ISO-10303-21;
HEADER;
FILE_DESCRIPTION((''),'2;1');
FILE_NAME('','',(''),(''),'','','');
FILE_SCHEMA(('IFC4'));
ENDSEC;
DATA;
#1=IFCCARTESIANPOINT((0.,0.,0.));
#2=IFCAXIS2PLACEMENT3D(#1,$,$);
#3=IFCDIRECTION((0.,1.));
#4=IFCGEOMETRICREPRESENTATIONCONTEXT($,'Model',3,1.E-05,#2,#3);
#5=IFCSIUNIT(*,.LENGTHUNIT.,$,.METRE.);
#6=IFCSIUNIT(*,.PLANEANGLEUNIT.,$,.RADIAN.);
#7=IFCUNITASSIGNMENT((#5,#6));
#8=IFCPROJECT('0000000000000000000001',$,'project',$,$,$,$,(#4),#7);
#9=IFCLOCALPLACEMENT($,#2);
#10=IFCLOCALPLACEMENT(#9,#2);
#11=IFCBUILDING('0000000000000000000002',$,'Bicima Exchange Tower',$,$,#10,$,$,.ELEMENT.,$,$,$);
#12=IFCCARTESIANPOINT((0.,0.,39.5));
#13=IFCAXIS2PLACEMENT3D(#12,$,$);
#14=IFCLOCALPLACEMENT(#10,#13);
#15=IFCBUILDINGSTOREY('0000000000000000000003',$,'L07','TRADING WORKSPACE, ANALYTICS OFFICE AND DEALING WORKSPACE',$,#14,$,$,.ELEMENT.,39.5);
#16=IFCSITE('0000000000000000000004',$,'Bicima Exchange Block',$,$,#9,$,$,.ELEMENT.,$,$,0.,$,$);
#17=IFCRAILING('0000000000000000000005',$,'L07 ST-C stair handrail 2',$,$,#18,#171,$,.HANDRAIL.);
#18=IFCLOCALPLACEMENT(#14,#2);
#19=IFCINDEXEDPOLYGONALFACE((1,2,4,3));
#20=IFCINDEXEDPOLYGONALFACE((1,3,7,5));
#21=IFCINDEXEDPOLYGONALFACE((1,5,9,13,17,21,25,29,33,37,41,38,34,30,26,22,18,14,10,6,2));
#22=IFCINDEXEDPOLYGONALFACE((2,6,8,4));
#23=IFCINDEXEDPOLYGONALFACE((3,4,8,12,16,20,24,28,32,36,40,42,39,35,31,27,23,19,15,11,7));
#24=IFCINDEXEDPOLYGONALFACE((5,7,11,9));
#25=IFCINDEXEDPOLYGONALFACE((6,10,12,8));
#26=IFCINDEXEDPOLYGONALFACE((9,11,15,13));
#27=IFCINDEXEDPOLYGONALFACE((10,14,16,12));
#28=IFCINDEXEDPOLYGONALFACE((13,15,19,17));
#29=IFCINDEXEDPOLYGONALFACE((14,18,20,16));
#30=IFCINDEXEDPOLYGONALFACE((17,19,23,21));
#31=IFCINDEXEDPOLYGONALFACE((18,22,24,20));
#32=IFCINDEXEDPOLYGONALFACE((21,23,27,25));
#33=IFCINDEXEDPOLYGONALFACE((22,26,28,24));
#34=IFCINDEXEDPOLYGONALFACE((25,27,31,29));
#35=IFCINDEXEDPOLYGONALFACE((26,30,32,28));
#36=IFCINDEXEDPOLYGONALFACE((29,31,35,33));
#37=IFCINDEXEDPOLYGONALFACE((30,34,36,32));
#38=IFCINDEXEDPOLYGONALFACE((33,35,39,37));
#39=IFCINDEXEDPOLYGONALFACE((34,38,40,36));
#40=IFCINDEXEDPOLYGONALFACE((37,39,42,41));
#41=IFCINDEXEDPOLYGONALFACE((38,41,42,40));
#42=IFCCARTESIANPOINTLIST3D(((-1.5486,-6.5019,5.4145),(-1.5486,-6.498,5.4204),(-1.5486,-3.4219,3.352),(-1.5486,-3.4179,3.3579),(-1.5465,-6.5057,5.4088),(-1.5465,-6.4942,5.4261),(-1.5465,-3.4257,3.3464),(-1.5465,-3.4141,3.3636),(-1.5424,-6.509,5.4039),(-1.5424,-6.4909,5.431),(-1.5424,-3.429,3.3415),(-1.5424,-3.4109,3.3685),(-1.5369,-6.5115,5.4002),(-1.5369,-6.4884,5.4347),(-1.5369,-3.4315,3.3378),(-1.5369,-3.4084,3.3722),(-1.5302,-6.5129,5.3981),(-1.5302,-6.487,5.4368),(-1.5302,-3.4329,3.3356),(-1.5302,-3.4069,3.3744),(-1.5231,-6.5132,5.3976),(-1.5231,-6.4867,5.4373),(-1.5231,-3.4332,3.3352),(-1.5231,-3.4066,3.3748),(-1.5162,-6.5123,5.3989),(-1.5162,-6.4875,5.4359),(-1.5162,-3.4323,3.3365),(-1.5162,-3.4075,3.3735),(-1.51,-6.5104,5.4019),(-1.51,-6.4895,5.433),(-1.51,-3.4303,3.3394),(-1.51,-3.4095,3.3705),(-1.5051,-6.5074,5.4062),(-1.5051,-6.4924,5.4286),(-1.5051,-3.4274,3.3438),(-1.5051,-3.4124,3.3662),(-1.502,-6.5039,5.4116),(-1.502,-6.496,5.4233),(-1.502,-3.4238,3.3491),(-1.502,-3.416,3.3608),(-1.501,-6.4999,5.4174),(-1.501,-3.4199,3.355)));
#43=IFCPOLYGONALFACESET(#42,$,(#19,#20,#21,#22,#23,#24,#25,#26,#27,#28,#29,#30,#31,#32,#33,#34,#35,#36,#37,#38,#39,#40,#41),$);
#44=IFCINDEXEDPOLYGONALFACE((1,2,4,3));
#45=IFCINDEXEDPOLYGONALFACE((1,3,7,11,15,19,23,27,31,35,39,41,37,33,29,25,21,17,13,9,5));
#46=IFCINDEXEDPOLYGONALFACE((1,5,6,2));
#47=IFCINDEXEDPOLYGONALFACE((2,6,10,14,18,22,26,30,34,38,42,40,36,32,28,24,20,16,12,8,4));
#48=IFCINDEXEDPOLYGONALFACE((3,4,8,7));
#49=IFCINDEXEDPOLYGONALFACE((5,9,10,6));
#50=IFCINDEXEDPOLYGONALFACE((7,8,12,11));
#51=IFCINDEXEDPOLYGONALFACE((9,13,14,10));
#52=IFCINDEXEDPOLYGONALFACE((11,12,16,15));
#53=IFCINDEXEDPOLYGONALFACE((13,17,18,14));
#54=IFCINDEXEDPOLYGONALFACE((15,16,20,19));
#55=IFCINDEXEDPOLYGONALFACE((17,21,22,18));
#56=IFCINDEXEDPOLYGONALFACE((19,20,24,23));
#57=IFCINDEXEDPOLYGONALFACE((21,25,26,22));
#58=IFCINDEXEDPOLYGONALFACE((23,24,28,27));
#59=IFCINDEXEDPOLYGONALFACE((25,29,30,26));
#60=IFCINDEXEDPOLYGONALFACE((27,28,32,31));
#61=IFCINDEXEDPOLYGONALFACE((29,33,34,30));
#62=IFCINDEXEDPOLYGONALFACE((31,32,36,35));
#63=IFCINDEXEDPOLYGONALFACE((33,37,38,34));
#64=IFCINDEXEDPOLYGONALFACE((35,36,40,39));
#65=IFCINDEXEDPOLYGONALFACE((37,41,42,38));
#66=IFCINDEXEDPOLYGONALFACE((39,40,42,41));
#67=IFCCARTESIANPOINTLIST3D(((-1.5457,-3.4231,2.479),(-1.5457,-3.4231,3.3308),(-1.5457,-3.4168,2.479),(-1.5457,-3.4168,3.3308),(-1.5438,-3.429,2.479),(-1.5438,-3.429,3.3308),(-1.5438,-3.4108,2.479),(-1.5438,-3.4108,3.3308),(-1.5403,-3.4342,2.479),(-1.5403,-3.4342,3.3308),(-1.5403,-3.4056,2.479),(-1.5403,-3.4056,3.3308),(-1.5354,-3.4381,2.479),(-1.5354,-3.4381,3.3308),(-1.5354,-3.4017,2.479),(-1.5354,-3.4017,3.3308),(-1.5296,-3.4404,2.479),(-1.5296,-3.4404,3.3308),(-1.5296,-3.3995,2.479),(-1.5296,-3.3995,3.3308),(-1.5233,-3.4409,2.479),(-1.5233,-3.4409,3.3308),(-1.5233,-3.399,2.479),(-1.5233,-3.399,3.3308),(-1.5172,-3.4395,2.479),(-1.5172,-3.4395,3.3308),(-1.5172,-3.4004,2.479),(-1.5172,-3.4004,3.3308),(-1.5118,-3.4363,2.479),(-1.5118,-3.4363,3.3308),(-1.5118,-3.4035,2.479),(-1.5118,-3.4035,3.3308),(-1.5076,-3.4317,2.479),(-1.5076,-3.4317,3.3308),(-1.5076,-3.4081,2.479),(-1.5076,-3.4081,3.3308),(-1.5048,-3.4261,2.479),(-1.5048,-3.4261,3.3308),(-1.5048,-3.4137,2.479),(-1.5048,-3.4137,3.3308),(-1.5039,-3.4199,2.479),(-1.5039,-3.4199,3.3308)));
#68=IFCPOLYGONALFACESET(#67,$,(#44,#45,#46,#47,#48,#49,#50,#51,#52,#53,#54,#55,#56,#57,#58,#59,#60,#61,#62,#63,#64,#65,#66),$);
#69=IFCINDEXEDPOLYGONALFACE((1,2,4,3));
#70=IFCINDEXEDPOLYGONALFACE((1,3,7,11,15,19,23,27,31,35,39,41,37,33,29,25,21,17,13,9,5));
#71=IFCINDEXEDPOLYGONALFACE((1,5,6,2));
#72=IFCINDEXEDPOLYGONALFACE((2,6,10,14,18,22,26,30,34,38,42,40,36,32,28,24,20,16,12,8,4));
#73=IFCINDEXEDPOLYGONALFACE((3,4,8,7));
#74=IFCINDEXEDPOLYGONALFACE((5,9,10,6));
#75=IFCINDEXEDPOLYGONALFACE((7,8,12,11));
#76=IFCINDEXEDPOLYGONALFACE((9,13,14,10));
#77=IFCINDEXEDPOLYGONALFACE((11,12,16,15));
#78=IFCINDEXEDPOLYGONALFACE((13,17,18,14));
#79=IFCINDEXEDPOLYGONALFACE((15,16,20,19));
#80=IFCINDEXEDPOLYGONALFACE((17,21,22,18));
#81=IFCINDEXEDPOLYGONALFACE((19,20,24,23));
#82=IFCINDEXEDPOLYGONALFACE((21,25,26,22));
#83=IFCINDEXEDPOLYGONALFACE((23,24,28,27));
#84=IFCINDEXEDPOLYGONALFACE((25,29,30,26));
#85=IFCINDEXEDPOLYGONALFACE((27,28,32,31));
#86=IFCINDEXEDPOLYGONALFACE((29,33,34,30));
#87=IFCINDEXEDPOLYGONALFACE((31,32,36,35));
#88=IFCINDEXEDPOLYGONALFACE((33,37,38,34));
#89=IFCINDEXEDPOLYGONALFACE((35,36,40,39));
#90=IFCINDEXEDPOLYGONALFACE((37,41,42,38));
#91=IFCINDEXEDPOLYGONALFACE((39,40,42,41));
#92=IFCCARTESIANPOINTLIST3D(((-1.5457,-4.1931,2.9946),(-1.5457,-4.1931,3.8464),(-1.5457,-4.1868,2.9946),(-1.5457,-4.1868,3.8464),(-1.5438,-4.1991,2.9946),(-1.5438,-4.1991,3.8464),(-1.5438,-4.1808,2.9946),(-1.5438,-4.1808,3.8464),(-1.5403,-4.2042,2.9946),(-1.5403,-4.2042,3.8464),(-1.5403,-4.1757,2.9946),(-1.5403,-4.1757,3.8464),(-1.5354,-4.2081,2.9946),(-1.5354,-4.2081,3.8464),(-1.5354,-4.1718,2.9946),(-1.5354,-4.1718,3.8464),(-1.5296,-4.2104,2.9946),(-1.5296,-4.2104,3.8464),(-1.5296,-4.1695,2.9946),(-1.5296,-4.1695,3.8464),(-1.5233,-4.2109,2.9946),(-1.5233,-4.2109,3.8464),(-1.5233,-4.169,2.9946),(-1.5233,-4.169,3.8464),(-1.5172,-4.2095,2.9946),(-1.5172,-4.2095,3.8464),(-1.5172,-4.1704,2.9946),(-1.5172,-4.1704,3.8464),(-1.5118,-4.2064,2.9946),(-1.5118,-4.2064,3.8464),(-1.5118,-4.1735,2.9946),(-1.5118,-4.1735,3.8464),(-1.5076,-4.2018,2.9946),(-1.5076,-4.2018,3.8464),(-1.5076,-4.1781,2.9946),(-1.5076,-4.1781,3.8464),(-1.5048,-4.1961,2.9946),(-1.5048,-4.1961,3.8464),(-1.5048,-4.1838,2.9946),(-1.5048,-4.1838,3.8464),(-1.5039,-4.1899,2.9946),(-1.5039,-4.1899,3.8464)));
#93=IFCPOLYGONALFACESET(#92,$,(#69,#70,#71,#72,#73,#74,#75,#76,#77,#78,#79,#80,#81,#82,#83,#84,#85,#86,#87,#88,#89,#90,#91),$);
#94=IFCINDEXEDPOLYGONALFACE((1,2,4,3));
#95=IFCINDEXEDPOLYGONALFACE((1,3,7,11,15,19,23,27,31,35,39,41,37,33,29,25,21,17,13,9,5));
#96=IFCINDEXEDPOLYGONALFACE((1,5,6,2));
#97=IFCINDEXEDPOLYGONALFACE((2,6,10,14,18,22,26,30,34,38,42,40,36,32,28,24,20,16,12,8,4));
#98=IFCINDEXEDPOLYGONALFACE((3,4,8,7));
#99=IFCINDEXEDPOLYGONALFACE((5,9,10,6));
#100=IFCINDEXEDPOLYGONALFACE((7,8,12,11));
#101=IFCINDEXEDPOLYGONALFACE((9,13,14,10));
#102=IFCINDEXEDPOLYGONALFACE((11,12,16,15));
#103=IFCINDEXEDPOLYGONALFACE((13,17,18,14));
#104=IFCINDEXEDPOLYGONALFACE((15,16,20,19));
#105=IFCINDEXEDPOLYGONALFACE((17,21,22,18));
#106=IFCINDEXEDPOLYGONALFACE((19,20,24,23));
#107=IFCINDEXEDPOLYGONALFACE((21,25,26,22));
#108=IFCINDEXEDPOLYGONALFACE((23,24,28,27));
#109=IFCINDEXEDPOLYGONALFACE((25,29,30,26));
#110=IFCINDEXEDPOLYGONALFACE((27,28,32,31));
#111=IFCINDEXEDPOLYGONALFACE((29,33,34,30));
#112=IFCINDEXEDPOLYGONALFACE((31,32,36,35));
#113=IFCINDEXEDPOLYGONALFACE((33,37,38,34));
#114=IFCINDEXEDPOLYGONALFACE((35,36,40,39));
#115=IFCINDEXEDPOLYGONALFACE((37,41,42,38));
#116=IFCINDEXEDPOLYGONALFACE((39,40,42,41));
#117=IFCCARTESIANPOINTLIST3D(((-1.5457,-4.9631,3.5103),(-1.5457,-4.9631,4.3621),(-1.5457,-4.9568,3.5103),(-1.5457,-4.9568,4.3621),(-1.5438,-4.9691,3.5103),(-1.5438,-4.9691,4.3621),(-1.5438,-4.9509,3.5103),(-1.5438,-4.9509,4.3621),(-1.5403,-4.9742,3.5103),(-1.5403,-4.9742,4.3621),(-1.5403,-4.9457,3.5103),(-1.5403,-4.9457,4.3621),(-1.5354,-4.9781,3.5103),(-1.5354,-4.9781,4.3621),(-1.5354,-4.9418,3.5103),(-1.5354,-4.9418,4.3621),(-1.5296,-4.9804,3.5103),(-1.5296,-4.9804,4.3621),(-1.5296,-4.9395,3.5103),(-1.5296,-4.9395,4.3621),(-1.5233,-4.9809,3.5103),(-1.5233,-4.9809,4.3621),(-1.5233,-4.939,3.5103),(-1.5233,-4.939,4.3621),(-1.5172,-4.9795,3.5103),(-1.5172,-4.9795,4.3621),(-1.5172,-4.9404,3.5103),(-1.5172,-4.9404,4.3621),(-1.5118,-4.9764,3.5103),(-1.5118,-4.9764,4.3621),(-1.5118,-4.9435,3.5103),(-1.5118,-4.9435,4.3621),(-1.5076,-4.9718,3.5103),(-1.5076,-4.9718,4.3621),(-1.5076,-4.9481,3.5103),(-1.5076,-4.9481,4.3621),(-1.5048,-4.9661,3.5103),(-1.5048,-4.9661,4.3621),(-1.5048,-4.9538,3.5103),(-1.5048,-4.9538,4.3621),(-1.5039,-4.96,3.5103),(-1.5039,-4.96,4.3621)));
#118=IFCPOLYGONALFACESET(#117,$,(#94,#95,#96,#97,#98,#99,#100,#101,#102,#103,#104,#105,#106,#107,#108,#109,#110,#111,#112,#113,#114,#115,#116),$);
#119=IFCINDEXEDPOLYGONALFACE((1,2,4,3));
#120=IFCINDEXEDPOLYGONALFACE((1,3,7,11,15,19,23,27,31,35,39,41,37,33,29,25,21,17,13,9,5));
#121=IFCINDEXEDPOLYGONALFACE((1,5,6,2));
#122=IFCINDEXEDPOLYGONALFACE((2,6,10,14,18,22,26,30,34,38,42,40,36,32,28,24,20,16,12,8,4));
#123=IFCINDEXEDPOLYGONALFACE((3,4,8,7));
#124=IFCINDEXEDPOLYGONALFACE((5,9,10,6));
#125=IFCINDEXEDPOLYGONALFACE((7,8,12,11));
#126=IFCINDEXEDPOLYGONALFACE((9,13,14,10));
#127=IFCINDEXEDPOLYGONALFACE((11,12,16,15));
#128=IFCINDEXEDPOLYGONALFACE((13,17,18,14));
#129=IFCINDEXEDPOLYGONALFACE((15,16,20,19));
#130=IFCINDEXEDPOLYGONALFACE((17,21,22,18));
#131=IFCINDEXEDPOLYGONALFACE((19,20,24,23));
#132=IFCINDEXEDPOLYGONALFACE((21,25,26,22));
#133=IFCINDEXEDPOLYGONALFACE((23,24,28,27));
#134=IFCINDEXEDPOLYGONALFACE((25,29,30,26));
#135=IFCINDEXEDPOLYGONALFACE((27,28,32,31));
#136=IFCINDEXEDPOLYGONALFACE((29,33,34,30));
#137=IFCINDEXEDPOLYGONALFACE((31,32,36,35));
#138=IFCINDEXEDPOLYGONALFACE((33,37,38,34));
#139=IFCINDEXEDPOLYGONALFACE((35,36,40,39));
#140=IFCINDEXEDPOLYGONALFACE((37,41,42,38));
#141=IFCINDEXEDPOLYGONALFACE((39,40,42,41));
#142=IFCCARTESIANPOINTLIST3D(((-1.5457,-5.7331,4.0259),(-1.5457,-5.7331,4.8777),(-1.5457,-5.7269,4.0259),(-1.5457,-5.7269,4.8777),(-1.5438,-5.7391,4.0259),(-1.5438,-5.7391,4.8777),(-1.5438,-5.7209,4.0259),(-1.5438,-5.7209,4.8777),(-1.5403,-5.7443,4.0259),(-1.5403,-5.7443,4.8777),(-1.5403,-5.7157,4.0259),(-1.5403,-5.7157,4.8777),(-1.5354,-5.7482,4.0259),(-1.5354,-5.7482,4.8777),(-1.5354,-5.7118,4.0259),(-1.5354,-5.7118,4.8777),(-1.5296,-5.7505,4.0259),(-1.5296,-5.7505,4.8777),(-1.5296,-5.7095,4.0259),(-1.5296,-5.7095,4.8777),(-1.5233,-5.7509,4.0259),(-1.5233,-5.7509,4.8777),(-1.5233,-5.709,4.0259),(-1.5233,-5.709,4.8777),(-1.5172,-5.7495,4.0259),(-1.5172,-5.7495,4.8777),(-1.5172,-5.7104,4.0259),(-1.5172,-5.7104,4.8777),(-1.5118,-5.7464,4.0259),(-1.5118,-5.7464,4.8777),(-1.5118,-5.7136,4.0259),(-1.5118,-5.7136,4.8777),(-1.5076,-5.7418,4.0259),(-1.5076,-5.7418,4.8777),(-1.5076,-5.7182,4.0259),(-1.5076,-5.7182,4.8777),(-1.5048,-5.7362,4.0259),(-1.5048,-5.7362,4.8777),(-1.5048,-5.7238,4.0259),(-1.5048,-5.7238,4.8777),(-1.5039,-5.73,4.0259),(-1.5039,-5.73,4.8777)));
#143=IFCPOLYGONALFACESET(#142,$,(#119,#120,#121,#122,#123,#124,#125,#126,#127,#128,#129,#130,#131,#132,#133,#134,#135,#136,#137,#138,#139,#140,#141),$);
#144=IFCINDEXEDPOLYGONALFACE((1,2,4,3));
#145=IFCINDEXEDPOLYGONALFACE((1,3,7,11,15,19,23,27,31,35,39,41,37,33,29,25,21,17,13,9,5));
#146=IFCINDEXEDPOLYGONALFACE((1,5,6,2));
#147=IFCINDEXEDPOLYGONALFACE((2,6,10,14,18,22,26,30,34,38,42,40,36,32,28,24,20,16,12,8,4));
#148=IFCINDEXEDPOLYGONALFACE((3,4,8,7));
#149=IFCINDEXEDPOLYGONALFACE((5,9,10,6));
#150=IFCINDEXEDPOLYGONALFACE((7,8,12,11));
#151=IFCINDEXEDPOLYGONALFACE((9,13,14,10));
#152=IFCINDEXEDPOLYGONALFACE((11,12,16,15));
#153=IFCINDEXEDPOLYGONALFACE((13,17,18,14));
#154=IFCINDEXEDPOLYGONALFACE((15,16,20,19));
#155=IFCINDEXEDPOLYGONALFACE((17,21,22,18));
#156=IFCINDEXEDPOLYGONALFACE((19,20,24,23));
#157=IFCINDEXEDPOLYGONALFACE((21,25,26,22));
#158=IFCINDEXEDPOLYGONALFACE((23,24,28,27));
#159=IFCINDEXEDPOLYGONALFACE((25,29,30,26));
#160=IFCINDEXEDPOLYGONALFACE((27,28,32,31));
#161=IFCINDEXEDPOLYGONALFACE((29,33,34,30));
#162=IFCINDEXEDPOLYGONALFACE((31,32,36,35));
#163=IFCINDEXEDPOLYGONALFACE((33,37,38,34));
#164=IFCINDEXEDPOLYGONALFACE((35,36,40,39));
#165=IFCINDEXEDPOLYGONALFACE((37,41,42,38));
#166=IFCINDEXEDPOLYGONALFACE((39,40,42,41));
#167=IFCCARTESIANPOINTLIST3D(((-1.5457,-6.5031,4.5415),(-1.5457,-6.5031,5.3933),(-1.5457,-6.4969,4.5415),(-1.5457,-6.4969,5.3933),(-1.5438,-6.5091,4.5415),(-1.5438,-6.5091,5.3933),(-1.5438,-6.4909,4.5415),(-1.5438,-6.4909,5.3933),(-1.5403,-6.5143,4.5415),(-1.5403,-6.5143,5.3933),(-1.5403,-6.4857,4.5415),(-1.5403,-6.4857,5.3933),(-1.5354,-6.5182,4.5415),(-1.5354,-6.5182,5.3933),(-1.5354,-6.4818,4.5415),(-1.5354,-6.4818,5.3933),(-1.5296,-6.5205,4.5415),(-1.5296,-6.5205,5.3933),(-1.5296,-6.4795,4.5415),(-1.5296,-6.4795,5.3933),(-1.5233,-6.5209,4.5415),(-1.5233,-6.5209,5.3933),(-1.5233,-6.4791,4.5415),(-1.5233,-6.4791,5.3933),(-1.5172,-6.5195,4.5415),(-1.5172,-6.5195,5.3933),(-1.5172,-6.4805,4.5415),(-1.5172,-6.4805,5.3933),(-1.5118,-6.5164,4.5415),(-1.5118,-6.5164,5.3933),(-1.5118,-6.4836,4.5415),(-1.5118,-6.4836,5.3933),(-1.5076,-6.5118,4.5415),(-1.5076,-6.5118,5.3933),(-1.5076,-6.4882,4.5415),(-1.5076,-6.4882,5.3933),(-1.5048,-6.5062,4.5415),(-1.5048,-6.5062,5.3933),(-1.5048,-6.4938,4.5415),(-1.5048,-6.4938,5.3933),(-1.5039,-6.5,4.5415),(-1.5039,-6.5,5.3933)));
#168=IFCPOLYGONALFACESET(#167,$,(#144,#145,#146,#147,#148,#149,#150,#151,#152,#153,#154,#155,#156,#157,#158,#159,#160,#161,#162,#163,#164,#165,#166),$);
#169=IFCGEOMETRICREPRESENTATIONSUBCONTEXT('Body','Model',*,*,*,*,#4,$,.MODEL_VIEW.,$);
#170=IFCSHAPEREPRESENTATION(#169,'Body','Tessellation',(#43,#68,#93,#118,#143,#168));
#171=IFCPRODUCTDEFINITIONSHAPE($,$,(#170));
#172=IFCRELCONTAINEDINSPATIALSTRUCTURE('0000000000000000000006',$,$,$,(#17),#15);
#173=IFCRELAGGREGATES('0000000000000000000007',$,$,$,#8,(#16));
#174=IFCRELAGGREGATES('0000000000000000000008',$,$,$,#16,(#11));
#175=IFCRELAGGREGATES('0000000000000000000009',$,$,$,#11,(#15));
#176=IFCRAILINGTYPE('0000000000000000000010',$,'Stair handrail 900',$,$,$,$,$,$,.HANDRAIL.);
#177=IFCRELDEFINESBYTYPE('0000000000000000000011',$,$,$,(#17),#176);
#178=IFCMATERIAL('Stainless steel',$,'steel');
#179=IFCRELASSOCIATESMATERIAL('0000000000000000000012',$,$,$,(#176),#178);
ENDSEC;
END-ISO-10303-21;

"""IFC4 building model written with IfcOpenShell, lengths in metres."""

from ifc_helpers import new_model, si_unit, direction, frame, origin, origin_2d, place, context, subcontext, project, spatial, circle, extrude, material, type_object, element, save


model = new_model("IFC4")

# Units and contexts
model_context = context("Model", 3, precision=1e-05, world=origin(), true_north=direction((0.0, 1.0)))
body_context = subcontext(model_context, "Body", "Model", "MODEL_VIEW")
ifc_project = project(units=[si_unit("LENGTHUNIT", "METRE"), si_unit("PLANEANGLEUNIT", "RADIAN")], contexts=[model_context])

# Site, building, storey
site_placement = place(None, origin())
site = spatial("IfcSite", under=ifc_project, at=site_placement, Name="Bicima Exchange Block", CompositionType="ELEMENT", RefElevation=0.0)
building_placement = place(site_placement, origin())
building = spatial("IfcBuilding", under=site, at=building_placement, Name="Bicima Exchange Tower", CompositionType="ELEMENT")
storey_placement = place(building_placement, frame((0.0, 0.0, 39.5)))
storey = spatial("IfcBuildingStorey", under=building, at=storey_placement, Name="L07", Description="TRADING WORKSPACE, ANALYTICS OFFICE AND DEALING WORKSPACE", CompositionType="ELEMENT", Elevation=39.5)

# Railing
ifc_material_1 = material(Name="Stainless steel", Category="steel")
railing_type = type_object("IfcRailingType", Name="Stair handrail 900", PredefinedType="HANDRAIL", material=ifc_material_1)
railing_placement = place(storey_placement, frame((-1.5249, -3.4199, 2.479)))
element("IfcRailing", 1, at=railing_placement, inside=storey, type_object=railing_type, Name="L07 ST-C stair handrail 2", PredefinedType="HANDRAIL", context=body_context, shape_type="SweptSolid", body=[
    extrude(circle(Radius=0.0239, at=origin_2d()), frame((0.0, 0.0, 0.876), z_axis=(0.0, -0.830914, 0.556401), x_axis=(1.0, 0.0, 0.0)), (0.0, 0.0, 1.0), 3.7068),
    extrude(circle(Radius=0.021, at=origin_2d()), origin(), (0.0, 0.0, 1.0), 0.8518),
    extrude(circle(Radius=0.021, at=origin_2d()), frame((0.0, -0.77, 0.5156)), (0.0, 0.0, 1.0), 0.8518),
    extrude(circle(Radius=0.021, at=origin_2d()), frame((0.0, -1.54, 1.0312)), (0.0, 0.0, 1.0), 0.8518),
    extrude(circle(Radius=0.021, at=origin_2d()), frame((0.0, -2.3101, 1.5469)), (0.0, 0.0, 1.0), 0.8518),
    extrude(circle(Radius=0.021, at=origin_2d()), frame((0.0, -3.0801, 2.0625)), (0.0, 0.0, 1.0), 0.8518),
])

save(model, "model.ifc")
